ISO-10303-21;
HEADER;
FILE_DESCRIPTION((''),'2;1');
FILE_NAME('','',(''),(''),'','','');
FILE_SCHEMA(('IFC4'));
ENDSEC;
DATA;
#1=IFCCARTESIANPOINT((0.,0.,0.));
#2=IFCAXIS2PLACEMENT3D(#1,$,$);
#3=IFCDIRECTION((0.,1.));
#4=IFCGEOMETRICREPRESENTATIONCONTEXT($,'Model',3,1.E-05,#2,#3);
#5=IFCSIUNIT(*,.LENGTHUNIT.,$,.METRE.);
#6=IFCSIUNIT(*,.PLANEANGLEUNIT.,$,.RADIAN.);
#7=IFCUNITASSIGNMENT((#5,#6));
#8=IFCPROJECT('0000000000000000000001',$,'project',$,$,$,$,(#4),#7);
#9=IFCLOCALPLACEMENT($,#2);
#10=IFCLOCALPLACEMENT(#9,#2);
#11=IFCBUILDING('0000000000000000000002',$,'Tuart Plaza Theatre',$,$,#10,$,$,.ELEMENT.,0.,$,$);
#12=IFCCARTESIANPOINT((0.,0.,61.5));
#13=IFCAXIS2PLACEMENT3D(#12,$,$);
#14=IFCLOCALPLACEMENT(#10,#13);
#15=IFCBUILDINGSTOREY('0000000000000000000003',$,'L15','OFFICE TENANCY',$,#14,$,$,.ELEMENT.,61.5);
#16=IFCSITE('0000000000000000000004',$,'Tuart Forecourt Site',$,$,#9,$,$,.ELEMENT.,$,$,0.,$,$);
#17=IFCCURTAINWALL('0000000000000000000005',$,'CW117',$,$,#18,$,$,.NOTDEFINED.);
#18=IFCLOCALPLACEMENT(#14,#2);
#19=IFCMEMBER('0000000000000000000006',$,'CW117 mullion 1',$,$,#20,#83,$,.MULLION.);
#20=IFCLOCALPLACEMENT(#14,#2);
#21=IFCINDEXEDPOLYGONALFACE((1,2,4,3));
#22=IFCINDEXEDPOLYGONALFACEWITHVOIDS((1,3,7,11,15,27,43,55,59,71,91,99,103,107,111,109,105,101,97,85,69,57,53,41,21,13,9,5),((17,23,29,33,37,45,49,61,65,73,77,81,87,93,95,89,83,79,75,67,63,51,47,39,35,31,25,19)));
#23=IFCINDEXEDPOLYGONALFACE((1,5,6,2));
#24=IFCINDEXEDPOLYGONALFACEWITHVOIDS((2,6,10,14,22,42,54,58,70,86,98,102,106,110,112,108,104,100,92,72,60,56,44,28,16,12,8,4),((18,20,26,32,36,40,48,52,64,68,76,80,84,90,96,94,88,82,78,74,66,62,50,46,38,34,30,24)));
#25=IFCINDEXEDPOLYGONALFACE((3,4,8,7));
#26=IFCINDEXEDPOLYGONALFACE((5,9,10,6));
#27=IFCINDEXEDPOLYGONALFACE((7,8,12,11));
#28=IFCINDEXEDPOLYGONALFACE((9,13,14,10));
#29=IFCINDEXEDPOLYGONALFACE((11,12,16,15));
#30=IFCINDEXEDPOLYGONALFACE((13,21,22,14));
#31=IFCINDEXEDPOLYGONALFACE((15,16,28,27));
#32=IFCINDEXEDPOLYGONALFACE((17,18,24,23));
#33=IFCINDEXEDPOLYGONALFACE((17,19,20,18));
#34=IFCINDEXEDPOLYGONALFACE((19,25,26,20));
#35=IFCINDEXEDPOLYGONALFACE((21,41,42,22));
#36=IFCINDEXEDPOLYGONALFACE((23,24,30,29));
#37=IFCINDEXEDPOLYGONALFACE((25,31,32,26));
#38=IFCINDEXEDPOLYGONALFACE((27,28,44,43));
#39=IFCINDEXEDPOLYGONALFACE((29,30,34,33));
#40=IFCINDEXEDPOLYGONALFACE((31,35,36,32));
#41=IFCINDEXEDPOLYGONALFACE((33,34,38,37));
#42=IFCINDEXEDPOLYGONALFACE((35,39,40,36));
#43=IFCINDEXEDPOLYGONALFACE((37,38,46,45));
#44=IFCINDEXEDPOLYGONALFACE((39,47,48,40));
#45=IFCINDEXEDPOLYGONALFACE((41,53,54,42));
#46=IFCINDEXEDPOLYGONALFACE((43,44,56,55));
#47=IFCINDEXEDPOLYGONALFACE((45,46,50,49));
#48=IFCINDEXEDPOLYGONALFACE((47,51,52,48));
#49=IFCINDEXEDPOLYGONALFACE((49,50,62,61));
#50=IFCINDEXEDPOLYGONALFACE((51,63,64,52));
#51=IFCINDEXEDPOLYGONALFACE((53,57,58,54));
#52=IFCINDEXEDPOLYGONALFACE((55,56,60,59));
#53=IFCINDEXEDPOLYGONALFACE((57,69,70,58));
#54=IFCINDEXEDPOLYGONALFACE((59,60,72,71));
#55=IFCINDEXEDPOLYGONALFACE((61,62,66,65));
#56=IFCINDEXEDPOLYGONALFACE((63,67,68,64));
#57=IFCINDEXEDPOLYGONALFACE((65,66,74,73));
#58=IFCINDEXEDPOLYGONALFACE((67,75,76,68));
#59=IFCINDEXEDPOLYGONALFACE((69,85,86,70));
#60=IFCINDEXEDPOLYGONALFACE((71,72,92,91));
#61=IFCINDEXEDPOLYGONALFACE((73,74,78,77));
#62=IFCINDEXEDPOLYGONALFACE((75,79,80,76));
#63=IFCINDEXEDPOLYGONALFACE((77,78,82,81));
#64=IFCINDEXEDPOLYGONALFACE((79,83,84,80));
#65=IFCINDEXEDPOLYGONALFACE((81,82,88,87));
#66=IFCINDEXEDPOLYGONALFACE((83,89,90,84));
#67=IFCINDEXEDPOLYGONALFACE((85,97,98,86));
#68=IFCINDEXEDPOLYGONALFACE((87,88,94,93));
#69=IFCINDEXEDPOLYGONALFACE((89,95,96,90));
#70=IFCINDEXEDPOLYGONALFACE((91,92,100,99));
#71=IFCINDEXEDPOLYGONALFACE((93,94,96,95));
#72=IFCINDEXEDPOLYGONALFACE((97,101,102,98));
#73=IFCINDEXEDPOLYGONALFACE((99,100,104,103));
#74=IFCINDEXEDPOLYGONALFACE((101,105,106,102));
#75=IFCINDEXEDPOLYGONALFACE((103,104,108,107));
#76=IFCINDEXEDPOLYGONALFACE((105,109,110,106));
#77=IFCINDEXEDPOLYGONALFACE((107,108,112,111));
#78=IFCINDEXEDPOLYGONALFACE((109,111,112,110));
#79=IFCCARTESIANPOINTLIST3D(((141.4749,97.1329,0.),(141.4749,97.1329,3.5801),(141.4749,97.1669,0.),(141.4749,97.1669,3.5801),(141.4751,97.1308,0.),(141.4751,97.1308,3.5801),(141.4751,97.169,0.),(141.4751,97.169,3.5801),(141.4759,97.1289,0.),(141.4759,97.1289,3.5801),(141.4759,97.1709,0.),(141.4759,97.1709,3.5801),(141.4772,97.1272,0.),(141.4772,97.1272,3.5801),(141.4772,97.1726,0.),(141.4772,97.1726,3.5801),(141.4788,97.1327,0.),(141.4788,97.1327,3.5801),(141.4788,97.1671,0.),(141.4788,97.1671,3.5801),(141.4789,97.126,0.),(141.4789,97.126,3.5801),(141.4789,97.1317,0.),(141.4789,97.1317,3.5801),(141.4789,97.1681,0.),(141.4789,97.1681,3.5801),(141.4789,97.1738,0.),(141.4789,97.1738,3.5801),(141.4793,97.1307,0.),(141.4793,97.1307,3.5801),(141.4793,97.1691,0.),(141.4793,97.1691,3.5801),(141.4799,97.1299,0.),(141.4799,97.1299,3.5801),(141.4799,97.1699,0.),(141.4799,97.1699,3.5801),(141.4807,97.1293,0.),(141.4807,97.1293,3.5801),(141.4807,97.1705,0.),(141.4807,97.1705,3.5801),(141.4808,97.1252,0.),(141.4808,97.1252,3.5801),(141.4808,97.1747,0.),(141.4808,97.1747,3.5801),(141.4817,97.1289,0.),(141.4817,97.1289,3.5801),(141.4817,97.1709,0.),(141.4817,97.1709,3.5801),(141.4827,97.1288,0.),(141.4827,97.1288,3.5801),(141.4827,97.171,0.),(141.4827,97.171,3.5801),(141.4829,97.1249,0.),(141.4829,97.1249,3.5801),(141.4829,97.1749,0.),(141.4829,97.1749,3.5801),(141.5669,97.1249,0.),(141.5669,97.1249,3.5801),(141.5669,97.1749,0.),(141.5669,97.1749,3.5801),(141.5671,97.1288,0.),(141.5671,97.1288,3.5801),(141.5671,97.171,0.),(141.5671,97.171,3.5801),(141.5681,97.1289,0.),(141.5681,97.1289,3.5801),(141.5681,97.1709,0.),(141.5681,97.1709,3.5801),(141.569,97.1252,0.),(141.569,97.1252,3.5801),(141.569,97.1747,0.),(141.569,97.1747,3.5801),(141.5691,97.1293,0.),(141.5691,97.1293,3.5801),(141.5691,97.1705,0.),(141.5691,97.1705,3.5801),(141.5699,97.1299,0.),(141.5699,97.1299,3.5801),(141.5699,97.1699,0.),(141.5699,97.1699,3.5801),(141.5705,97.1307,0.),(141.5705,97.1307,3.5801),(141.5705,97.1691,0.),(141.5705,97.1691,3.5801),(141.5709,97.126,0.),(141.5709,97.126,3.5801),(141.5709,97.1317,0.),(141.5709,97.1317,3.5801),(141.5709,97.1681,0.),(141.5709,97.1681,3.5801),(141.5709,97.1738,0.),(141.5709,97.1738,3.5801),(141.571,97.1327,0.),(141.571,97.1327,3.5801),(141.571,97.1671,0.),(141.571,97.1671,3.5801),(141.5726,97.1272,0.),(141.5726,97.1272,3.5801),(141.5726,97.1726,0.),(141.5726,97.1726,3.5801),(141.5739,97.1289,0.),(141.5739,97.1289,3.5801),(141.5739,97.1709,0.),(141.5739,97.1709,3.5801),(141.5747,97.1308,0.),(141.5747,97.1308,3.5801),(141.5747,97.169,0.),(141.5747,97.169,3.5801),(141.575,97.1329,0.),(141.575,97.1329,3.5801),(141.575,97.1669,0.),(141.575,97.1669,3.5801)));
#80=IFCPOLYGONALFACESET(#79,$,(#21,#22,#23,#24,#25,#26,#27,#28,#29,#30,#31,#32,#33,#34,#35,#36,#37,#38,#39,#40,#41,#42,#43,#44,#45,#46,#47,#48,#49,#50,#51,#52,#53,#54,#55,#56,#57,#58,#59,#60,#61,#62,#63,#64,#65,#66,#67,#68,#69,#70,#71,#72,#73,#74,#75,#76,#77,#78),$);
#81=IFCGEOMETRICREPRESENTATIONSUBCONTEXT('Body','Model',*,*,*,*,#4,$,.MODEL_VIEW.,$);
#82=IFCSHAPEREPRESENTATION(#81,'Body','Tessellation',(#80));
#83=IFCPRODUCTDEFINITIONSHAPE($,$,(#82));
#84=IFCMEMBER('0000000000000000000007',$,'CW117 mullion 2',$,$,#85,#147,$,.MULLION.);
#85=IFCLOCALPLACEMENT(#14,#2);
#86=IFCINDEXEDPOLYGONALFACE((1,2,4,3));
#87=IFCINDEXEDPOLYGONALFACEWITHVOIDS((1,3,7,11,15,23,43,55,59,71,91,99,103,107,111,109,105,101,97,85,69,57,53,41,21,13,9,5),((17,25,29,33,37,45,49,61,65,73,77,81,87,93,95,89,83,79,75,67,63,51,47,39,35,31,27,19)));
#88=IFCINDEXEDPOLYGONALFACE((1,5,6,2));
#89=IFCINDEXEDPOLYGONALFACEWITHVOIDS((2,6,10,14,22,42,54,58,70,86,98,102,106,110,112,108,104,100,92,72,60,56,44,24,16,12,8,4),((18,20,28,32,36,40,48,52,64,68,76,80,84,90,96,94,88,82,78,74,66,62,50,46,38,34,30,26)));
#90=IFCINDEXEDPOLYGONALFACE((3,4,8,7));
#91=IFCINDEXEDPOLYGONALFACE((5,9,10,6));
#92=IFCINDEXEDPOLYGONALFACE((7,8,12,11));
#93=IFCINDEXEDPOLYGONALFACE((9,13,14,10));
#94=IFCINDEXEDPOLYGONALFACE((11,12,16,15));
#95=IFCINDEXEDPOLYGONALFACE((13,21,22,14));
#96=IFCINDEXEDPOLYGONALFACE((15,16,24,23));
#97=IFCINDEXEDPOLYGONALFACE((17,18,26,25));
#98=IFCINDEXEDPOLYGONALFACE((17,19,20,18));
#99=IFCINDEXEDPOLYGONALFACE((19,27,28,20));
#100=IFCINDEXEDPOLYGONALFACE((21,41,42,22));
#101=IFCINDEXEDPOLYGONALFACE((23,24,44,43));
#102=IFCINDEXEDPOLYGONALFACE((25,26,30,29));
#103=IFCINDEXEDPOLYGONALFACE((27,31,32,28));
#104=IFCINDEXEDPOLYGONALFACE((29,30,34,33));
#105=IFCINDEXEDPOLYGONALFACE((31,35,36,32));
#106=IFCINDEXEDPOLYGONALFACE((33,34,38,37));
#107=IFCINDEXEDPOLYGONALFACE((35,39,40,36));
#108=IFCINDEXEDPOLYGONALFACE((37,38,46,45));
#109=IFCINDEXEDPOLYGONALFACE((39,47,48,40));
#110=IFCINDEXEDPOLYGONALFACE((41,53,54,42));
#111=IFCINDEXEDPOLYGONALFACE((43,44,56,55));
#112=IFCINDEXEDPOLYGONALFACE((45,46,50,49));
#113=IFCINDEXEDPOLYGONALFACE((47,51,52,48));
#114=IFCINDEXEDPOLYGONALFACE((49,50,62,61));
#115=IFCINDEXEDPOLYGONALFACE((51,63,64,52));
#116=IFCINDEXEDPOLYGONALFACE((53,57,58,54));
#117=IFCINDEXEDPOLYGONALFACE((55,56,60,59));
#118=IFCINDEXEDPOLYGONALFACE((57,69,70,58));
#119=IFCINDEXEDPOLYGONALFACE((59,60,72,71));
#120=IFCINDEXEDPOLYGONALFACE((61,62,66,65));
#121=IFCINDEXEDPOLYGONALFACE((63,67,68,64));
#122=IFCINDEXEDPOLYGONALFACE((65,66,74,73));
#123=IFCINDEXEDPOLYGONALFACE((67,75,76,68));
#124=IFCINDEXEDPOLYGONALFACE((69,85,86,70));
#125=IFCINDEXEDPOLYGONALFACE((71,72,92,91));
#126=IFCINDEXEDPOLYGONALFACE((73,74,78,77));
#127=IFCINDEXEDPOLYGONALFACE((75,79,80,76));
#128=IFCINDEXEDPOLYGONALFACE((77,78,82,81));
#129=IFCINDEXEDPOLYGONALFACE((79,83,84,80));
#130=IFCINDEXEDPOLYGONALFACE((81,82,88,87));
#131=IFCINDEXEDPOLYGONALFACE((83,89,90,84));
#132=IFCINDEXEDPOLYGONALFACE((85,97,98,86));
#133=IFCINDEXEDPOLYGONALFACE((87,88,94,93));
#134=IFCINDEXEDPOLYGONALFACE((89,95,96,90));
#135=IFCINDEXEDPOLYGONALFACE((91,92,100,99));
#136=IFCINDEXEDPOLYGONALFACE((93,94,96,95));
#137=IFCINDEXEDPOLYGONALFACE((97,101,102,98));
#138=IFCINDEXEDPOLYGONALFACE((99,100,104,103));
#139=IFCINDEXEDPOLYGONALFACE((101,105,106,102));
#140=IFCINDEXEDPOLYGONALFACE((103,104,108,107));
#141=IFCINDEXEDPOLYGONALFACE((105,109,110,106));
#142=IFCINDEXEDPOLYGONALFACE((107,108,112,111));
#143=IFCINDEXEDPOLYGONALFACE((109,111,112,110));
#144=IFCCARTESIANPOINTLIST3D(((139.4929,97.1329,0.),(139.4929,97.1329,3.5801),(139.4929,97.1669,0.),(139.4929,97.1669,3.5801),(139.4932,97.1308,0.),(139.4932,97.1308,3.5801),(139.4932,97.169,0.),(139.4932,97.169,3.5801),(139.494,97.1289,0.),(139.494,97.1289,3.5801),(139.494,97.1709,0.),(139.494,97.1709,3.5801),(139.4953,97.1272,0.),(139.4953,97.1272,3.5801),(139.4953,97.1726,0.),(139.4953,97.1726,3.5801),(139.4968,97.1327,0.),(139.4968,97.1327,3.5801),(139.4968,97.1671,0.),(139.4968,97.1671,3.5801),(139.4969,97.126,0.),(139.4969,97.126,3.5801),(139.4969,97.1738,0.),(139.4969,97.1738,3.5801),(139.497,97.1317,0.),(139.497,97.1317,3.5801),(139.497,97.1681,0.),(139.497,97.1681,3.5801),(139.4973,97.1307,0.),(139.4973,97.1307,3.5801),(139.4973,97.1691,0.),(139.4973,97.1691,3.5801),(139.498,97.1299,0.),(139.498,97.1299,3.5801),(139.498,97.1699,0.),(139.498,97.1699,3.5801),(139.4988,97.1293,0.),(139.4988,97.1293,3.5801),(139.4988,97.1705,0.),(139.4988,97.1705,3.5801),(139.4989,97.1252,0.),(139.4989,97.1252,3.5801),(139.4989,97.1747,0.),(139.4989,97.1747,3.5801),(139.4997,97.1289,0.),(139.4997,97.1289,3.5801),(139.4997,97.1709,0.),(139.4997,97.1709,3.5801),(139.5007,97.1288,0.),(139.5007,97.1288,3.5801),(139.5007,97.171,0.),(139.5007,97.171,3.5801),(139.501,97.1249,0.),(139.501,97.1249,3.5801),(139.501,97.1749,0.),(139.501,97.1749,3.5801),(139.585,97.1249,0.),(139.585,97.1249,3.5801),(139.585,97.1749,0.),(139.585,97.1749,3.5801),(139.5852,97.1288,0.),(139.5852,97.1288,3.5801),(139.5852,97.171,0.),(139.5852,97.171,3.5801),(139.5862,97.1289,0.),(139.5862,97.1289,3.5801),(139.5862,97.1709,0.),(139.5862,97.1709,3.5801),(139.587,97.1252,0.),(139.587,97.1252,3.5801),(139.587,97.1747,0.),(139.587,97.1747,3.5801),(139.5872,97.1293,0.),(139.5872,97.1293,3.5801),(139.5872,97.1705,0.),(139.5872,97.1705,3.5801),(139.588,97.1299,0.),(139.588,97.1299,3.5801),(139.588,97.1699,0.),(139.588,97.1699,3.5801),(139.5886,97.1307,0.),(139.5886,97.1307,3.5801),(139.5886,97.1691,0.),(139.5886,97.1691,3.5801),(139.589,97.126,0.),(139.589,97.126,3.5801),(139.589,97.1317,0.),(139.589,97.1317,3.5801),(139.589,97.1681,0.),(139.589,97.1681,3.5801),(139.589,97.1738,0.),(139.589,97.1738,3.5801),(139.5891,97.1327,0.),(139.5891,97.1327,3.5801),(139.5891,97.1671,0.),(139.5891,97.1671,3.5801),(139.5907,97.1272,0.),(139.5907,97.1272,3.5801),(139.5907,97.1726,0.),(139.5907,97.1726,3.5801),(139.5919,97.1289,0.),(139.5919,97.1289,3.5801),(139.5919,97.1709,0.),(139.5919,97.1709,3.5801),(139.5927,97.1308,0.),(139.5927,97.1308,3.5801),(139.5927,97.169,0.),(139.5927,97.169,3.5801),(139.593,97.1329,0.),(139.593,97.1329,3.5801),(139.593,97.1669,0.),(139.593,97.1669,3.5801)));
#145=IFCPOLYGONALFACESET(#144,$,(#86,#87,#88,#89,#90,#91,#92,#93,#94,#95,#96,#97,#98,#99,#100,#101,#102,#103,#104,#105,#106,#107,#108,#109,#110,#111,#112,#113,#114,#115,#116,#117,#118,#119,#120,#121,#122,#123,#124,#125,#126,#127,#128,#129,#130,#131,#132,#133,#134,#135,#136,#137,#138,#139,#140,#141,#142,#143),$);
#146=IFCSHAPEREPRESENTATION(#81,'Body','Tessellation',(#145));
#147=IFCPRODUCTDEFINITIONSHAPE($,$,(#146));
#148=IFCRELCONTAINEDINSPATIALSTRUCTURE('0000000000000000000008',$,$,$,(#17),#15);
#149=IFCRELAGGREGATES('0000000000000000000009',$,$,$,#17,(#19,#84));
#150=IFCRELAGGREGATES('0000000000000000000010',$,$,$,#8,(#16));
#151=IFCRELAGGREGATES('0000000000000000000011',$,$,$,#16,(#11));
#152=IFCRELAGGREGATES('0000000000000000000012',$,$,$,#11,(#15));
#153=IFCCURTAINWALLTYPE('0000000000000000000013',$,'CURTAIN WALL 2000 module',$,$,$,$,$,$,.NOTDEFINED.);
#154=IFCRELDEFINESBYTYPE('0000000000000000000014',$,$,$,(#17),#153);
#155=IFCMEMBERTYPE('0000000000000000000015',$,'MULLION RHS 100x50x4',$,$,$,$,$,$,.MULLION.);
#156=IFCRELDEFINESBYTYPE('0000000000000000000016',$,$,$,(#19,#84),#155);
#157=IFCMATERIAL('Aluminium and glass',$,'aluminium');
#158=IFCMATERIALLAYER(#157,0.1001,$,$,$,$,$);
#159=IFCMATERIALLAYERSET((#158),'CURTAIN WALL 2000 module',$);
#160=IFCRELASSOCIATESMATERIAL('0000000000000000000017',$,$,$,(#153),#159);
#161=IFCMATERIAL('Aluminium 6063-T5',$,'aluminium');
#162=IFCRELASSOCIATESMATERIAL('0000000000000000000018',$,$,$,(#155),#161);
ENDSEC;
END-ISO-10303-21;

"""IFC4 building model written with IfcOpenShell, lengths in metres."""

from ifc_helpers import new_model, si_unit, direction, frame, origin, origin_2d, place, context, subcontext, project, spatial, hollow_rectangle, extrude, material, layer, layer_set, material_profile, profile_set, type_object, element, aggregate, save


model = new_model("IFC4")

# Units and contexts
model_context = context("Model", 3, precision=1e-05, world=origin(), true_north=direction((0.0, 1.0)))
body_context = subcontext(model_context, "Body", "Model", "MODEL_VIEW")
ifc_project = project(units=[si_unit("LENGTHUNIT", "METRE"), si_unit("PLANEANGLEUNIT", "RADIAN")], contexts=[model_context])

# Site, building, storey
site_placement = place(None, origin())
site = spatial("IfcSite", under=ifc_project, at=site_placement, Name="Tuart Forecourt Site", CompositionType="ELEMENT", RefElevation=0.0)
building_placement = place(site_placement, origin())
building = spatial("IfcBuilding", under=site, at=building_placement, Name="Tuart Plaza Theatre", CompositionType="ELEMENT", ElevationOfRefHeight=0.0)
storey_placement = place(building_placement, frame((0.0, 0.0, 61.5)))
storey = spatial("IfcBuildingStorey", under=building, at=storey_placement, Name="L15", Description="OFFICE TENANCY", CompositionType="ELEMENT", Elevation=61.5)

# Curtain wall, members
ifc_material_1 = material(Name="Aluminium and glass", Category="aluminium")
ifc_layer_1 = layer(ifc_material_1, 0.1001)
ifc_layer_set_1 = layer_set([ifc_layer_1], Name="CURTAIN WALL 2000 module")
curtain_wall_type = type_object("IfcCurtainWallType", Name="CURTAIN WALL 2000 module", PredefinedType="NOTDEFINED", material=ifc_layer_set_1)
ifc_material_2 = material(Name="Aluminium 6063-T5", Category="aluminium")
ifc_material_profile_1 = material_profile(ifc_material_2, hollow_rectangle(XDim=0.05, YDim=0.1001, WallThickness=0.0039, InnerFilletRadius=0.0039, OuterFilletRadius=0.0081, at=origin_2d()), Name="RHS 100x50x4")
ifc_profile_set_1 = profile_set([ifc_material_profile_1], Name="Aluminium 6063-T5")
member_type_1 = type_object("IfcMemberType", Name="MULLION RHS 100x50x4", PredefinedType="MULLION", material=ifc_profile_set_1)
curtain_wall_1_placement = place(storey_placement, origin())
curtain_wall_1 = element("IfcCurtainWall", 1, at=curtain_wall_1_placement, inside=storey, type_object=curtain_wall_type, Name="CW117", PredefinedType="NOTDEFINED")
member_1_placement = place(storey_placement, frame((141.5249, 97.1499, 0.0), z_axis=(0.0, 0.0, 1.0), x_axis=(0.0, -1.0, 0.0)))
member_1 = element("IfcMember", 2, at=member_1_placement, type_object=member_type_1, Name="CW117 mullion 1", PredefinedType="MULLION", context=body_context, shape_type="SweptSolid", body=[
    extrude(hollow_rectangle(XDim=0.05, YDim=0.1001, WallThickness=0.0039, InnerFilletRadius=0.0039, OuterFilletRadius=0.0081, at=origin_2d()), origin(), (0.0, 0.0, 1.0), 3.5801),
])
member_2_placement = place(storey_placement, frame((139.543, 97.1499, 0.0), z_axis=(0.0, 0.0, 1.0), x_axis=(0.0, -1.0, 0.0)))
member_2 = element("IfcMember", 3, at=member_2_placement, type_object=member_type_1, Name="CW117 mullion 2", PredefinedType="MULLION", context=body_context, shape_type="SweptSolid", body=[
    extrude(hollow_rectangle(XDim=0.05, YDim=0.1001, WallThickness=0.0039, InnerFilletRadius=0.0039, OuterFilletRadius=0.0081, at=origin_2d()), origin(), (0.0, 0.0, 1.0), 3.5801),
])

aggregate(curtain_wall_1, [member_1, member_2])

save(model, "model.ifc")
